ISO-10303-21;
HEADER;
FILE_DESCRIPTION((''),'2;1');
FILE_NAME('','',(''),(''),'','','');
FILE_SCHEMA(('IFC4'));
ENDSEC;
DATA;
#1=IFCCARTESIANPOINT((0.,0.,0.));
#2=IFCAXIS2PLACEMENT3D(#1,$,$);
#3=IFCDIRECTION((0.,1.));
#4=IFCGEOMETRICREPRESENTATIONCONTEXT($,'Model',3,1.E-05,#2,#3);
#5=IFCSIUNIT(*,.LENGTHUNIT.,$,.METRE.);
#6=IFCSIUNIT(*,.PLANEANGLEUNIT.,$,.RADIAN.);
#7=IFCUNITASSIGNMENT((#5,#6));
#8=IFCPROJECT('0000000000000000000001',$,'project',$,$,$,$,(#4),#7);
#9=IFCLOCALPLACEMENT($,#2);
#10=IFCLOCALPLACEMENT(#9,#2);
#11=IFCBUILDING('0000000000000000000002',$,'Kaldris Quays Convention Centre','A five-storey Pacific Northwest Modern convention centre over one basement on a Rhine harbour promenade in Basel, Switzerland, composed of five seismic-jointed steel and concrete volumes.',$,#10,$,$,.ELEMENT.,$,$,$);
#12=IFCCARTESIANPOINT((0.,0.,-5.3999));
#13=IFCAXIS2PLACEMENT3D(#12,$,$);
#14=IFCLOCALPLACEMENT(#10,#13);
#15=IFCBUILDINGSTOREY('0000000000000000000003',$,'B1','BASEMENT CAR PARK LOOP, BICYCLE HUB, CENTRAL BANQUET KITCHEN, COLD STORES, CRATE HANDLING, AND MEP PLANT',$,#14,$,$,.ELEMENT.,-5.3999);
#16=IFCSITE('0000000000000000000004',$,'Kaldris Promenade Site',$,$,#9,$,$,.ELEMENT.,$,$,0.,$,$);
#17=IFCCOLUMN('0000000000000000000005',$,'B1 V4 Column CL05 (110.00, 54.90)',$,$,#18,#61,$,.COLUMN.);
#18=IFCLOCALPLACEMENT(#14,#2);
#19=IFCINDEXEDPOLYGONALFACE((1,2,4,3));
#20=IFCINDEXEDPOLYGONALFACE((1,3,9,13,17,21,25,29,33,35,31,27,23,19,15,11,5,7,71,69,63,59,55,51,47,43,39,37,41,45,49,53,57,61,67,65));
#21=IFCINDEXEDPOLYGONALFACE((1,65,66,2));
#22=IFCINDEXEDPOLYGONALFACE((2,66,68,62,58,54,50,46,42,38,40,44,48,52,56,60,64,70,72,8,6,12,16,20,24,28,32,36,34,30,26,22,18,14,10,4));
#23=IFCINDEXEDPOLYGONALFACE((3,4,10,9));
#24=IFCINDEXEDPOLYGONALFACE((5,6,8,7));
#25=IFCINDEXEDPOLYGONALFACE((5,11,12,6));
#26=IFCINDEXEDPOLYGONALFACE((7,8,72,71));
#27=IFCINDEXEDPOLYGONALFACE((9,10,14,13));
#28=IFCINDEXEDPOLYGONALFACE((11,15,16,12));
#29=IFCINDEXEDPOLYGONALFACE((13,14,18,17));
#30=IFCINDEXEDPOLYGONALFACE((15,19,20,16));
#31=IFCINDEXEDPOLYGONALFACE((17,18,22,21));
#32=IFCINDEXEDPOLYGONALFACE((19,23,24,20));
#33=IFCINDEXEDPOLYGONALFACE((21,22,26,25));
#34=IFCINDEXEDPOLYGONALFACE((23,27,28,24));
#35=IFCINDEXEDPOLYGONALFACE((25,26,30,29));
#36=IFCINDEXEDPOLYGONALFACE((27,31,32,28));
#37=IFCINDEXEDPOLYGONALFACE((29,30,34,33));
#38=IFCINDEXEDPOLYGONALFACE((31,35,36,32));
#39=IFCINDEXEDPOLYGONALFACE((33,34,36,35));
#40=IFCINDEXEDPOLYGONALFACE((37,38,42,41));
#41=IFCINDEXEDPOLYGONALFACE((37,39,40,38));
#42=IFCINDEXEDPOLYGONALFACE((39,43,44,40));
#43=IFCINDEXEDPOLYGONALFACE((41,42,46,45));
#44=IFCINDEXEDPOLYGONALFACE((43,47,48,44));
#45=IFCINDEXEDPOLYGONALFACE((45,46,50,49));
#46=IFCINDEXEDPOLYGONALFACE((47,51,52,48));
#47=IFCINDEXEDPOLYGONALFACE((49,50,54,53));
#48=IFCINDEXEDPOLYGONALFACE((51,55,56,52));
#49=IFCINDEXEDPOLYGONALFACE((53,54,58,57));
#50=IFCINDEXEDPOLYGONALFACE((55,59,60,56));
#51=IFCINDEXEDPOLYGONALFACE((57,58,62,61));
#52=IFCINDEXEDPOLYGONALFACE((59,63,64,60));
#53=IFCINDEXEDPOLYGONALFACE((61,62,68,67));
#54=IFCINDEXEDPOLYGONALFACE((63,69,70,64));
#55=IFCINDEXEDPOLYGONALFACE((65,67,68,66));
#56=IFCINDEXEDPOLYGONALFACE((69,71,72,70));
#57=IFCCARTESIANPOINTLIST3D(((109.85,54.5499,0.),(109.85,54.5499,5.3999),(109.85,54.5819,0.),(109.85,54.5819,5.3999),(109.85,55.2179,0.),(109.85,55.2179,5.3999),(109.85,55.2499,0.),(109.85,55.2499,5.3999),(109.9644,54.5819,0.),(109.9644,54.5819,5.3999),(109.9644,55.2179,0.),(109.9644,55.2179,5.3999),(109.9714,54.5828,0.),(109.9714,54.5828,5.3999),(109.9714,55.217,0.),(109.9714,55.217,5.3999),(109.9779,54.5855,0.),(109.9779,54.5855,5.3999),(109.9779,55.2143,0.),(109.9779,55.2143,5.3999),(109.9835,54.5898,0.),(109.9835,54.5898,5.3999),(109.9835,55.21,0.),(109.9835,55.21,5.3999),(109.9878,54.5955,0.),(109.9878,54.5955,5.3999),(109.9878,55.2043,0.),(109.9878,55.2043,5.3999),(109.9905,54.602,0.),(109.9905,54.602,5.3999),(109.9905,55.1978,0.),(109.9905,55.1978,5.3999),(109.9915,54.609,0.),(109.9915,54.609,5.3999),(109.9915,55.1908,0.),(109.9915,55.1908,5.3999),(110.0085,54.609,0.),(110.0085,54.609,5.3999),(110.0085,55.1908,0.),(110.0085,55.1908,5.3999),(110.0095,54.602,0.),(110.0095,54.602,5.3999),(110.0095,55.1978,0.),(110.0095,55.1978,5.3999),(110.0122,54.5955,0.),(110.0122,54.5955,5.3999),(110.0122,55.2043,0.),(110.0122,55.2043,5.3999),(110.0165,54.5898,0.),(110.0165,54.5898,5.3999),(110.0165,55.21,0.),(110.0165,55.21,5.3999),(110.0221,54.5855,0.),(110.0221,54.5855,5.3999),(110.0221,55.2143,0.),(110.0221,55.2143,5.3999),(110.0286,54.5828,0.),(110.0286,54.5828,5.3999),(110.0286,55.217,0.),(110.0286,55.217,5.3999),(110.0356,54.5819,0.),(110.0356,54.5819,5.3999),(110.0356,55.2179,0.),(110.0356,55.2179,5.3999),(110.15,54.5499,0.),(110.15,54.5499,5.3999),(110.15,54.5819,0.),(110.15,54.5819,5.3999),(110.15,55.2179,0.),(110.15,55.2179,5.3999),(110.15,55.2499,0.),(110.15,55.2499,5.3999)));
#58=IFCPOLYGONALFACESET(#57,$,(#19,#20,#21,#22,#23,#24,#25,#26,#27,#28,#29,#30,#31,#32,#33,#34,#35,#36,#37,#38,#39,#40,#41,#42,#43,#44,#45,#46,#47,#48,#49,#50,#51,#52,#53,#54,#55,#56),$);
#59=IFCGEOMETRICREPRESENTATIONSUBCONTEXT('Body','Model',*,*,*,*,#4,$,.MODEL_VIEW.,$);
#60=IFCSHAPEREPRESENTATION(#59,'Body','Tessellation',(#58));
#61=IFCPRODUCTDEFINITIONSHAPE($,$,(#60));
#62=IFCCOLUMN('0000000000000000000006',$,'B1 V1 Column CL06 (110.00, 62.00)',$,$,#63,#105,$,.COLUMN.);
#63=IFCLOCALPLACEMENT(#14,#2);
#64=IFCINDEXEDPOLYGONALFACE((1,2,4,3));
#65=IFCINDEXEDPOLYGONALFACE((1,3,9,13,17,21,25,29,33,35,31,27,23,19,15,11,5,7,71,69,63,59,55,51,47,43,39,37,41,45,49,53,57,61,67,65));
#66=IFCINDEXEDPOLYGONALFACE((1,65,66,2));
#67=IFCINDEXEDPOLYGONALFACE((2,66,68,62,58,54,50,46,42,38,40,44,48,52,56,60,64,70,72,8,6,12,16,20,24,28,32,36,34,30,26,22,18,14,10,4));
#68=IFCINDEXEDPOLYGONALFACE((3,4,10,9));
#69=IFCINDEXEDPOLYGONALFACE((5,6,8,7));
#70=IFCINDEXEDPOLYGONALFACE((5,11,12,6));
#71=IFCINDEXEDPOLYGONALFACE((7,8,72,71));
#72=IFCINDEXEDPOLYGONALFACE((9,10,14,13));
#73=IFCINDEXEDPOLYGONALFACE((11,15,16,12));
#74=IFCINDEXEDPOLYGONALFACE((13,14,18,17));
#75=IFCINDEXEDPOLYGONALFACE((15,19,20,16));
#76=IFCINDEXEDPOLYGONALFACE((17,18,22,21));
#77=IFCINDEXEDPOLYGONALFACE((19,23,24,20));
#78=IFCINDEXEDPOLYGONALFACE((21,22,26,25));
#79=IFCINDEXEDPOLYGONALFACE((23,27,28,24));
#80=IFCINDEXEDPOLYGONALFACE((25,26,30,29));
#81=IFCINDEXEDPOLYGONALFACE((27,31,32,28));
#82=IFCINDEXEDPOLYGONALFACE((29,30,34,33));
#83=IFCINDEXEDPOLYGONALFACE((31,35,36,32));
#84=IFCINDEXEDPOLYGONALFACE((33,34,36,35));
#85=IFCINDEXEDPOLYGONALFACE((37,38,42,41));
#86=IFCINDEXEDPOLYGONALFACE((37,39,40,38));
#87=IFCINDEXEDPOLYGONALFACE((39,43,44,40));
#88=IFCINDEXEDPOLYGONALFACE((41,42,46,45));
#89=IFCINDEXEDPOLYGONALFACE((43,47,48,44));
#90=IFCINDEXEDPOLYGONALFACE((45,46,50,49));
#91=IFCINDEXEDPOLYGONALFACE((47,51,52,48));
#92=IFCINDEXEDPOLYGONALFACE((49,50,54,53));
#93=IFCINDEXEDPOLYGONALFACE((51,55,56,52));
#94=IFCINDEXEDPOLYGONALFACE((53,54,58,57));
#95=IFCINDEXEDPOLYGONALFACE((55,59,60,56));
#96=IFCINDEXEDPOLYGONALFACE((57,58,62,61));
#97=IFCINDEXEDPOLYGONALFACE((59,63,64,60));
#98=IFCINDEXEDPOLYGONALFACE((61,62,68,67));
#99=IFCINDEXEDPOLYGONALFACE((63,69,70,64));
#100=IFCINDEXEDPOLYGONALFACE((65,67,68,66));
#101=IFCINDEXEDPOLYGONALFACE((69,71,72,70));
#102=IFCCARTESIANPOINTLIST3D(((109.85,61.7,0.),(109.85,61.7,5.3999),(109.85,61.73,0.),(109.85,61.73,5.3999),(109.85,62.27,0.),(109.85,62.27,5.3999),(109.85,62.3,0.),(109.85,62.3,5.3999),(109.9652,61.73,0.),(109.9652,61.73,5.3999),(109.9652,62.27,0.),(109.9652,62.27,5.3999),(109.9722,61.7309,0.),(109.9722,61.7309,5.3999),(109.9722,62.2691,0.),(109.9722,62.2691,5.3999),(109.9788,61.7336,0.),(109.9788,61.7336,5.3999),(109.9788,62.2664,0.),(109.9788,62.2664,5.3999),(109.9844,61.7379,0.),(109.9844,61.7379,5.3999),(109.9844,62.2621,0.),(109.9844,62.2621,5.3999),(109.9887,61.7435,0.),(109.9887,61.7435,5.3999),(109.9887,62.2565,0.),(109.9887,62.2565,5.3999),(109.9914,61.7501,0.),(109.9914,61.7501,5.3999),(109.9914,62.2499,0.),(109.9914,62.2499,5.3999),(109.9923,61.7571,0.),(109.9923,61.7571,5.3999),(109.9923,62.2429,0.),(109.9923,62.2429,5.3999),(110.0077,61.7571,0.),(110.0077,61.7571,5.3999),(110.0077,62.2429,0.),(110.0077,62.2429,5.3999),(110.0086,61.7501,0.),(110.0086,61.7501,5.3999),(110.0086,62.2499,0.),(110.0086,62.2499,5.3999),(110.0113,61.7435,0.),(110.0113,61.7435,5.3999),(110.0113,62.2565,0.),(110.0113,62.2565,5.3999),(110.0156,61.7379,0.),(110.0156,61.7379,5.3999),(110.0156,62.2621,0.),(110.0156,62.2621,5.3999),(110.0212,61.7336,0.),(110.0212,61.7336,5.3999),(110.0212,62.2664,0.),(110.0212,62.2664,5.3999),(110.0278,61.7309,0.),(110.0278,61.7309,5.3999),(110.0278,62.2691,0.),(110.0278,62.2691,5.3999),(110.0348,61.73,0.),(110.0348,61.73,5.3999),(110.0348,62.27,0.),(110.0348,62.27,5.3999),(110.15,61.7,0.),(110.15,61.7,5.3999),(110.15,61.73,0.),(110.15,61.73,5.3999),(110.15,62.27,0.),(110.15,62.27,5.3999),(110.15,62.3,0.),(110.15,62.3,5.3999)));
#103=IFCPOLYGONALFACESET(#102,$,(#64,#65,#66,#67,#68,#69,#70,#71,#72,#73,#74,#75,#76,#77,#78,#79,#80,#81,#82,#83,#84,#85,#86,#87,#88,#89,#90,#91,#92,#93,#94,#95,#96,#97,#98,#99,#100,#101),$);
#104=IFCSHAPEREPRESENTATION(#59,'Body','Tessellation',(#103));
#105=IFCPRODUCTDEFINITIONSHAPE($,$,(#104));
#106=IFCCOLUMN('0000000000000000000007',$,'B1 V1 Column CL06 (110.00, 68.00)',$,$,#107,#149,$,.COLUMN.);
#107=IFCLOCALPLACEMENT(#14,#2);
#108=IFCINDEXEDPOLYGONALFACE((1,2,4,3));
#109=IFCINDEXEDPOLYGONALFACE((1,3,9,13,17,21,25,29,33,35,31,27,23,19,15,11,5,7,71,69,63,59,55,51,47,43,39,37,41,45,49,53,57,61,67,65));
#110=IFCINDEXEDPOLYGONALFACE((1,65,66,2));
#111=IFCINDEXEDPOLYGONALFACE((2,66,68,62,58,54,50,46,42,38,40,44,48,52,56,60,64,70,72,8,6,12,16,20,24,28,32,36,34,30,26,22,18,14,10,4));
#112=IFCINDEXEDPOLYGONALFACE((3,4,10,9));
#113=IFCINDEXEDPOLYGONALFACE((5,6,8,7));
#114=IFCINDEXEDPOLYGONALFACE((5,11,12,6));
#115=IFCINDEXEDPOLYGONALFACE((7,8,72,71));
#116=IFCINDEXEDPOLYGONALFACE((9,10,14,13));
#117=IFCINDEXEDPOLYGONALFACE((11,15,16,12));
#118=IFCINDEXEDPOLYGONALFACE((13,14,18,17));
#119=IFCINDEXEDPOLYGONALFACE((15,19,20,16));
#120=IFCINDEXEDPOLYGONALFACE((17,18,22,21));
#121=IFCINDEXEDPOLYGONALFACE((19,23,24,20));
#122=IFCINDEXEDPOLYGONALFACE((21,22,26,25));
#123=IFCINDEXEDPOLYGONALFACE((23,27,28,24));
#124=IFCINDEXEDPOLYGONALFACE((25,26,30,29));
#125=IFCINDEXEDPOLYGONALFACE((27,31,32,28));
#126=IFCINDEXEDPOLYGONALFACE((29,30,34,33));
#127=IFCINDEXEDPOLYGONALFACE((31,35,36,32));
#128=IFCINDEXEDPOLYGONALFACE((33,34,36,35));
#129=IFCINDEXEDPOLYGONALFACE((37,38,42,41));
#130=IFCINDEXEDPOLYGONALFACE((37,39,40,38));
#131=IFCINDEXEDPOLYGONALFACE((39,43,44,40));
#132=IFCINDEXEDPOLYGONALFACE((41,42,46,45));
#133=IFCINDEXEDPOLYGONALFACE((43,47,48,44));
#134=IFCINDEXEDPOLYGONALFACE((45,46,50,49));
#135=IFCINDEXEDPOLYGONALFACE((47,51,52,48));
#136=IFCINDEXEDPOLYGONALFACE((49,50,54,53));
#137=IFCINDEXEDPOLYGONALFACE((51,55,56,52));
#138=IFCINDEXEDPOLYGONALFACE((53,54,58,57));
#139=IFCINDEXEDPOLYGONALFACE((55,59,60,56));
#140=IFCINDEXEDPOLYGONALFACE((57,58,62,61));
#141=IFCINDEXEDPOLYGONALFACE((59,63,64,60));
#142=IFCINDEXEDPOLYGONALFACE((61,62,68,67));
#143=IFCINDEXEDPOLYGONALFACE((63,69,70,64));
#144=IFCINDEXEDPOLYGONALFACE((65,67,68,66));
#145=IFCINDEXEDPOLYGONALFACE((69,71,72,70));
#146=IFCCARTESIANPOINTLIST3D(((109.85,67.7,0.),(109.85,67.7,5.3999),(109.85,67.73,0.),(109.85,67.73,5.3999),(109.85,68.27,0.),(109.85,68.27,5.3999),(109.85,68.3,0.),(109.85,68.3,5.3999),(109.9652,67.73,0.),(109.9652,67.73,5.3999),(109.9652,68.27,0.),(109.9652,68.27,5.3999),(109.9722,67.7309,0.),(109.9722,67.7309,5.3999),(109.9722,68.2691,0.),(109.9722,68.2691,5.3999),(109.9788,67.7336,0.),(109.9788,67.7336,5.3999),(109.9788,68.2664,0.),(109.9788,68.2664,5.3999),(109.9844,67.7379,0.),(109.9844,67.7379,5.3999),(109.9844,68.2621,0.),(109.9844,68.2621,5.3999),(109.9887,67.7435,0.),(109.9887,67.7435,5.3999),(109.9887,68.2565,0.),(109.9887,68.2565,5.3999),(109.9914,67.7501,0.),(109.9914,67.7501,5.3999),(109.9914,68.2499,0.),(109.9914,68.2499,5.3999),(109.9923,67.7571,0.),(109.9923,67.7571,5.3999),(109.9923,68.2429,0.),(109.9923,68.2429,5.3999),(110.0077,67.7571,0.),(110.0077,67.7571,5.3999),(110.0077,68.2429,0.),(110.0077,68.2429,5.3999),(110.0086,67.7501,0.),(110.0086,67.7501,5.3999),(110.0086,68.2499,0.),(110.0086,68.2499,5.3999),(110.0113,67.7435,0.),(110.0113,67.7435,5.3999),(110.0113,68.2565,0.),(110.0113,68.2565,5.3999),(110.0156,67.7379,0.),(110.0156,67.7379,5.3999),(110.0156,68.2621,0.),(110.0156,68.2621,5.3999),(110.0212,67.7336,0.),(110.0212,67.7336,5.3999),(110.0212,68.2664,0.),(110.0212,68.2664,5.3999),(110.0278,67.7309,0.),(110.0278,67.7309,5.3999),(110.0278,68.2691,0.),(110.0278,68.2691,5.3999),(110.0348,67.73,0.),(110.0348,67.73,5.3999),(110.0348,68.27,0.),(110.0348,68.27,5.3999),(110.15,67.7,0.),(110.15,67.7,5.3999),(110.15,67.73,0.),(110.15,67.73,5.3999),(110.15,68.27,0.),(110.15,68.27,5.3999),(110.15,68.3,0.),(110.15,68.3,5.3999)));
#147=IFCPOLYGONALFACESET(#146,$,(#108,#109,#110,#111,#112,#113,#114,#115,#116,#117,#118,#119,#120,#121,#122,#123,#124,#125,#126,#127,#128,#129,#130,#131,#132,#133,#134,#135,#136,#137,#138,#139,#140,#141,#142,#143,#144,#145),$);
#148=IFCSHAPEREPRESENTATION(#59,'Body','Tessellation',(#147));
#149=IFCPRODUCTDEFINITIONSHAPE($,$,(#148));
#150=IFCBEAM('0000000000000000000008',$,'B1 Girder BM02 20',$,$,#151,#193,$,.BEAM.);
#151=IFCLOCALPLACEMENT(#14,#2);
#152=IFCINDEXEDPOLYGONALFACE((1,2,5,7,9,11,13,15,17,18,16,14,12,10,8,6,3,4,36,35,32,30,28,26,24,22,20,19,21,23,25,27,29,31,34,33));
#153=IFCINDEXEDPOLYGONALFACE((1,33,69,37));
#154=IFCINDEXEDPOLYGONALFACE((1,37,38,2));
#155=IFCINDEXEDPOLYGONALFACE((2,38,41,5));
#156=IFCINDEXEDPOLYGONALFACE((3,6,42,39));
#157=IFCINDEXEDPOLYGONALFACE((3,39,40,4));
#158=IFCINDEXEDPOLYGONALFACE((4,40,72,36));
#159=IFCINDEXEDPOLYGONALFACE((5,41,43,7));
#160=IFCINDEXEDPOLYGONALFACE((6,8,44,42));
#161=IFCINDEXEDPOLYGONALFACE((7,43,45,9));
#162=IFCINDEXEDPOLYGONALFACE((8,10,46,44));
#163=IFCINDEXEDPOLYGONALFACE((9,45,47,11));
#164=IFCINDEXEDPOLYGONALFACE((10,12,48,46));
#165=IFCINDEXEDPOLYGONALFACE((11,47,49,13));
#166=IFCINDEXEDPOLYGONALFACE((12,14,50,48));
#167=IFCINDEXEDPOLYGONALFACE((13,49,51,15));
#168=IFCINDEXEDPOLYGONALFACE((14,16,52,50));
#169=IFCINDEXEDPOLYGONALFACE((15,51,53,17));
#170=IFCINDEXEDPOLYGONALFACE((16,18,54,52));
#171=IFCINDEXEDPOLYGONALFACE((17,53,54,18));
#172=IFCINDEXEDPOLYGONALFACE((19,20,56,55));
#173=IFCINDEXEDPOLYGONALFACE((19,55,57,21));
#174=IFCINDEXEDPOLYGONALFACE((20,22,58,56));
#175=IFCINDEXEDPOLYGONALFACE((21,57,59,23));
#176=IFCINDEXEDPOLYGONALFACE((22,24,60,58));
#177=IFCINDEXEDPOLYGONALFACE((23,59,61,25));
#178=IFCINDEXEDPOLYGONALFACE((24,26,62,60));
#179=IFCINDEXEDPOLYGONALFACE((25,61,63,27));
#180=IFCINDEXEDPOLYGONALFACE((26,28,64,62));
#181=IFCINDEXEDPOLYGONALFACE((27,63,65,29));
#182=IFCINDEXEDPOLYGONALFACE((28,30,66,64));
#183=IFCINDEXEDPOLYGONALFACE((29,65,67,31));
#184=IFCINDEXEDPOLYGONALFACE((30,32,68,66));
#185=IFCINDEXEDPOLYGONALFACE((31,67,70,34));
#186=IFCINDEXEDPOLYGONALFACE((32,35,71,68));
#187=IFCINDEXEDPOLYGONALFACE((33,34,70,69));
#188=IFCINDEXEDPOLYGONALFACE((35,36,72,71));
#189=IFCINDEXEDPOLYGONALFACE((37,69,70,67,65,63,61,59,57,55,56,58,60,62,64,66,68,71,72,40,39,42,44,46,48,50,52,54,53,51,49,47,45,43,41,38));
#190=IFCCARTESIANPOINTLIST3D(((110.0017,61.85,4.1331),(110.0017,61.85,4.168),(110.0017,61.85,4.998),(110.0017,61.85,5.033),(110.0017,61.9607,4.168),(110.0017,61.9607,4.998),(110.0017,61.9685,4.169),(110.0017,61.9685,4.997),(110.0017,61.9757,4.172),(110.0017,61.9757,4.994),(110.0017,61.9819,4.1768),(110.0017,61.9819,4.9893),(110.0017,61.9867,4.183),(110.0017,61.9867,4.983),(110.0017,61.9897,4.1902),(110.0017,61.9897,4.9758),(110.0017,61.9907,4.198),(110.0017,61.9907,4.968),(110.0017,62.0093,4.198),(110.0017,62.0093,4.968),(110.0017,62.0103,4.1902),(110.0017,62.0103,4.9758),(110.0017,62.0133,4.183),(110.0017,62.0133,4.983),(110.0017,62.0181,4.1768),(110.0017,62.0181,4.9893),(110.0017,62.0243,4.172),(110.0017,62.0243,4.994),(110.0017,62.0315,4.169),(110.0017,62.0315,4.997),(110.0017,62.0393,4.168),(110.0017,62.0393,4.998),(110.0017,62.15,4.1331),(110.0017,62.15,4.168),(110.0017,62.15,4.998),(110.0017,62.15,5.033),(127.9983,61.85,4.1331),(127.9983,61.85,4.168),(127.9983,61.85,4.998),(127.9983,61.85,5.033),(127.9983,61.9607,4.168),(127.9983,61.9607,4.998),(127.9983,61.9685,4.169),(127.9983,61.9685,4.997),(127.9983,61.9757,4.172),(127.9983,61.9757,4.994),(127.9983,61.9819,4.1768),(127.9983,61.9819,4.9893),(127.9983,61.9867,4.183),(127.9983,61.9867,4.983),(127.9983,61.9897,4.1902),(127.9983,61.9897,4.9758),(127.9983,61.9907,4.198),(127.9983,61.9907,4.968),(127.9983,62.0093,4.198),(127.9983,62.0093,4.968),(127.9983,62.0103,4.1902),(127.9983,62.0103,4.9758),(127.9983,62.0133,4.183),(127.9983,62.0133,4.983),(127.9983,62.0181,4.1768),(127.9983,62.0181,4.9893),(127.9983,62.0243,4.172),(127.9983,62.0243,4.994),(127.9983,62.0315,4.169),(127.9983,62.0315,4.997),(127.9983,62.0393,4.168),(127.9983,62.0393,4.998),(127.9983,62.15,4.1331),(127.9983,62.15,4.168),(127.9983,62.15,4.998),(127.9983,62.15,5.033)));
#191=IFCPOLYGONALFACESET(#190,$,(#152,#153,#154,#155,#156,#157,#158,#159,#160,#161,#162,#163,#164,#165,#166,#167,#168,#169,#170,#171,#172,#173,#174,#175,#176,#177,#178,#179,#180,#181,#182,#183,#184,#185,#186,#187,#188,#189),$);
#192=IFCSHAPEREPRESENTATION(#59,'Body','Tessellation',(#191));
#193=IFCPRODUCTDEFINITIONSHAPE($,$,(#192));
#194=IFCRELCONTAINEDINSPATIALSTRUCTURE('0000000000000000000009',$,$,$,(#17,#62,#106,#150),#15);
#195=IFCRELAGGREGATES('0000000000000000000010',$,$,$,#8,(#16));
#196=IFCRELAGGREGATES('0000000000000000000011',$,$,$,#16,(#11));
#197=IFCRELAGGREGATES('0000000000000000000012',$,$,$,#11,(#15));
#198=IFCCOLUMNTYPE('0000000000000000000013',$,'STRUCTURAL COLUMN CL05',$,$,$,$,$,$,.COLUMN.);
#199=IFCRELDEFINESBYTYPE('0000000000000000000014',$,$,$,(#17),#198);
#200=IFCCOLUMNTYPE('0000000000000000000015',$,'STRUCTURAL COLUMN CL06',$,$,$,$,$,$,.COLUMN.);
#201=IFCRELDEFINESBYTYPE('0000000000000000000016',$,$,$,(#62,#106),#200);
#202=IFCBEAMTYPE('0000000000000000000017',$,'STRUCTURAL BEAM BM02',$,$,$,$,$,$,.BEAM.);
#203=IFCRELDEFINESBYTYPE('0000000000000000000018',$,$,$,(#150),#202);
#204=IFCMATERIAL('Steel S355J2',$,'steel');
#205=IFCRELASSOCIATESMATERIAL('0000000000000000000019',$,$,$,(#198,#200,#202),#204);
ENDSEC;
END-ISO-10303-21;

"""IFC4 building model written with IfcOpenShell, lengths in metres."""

from ifc_helpers import new_model, si_unit, direction, frame, origin, origin_2d, place, context, subcontext, project, spatial, i_section, extrude, material, material_profile, profile_set, type_object, element, save


model = new_model("IFC4")

# Units and contexts
model_context = context("Model", 3, precision=1e-05, world=origin(), true_north=direction((0.0, 1.0)))
body_context = subcontext(model_context, "Body", "Model", "MODEL_VIEW")
ifc_project = project(units=[si_unit("LENGTHUNIT", "METRE"), si_unit("PLANEANGLEUNIT", "RADIAN")], contexts=[model_context])

# Site, building, storey
site_placement = place(None, origin())
site = spatial("IfcSite", under=ifc_project, at=site_placement, Name="Kaldris Promenade Site", CompositionType="ELEMENT", RefElevation=0.0)
building_placement = place(site_placement, origin())
building = spatial("IfcBuilding", under=site, at=building_placement, Name="Kaldris Quays Convention Centre", Description="A five-storey Pacific Northwest Modern convention centre over one basement on a Rhine harbour promenade in Basel, Switzerland, composed of five seismic-jointed steel and concrete volumes.", CompositionType="ELEMENT")
storey_placement = place(building_placement, frame((0.0, 0.0, -5.3999)))
storey = spatial("IfcBuildingStorey", under=building, at=storey_placement, Name="B1", Description="BASEMENT CAR PARK LOOP, BICYCLE HUB, CENTRAL BANQUET KITCHEN, COLD STORES, CRATE HANDLING, AND MEP PLANT", CompositionType="ELEMENT", Elevation=-5.3999)

# Columns
ifc_material_1 = material(Name="Steel S355J2", Category="steel")
ifc_material_profile_1 = material_profile(ifc_material_1, i_section(OverallWidth=0.3, OverallDepth=0.7, WebThickness=0.0171, FlangeThickness=0.032, FilletRadius=0.0271, at=origin_2d()), Name="HEB 700")
ifc_profile_set_1 = profile_set([ifc_material_profile_1], Name="Steel S355J2")
column_type_1 = type_object("IfcColumnType", Name="STRUCTURAL COLUMN CL05", PredefinedType="COLUMN", material=ifc_profile_set_1)
column_1_placement = place(storey_placement, frame((110.0, 54.8999, 0.0), z_axis=(0.0, 0.0, 1.0), x_axis=(1.0, 0.0, 0.0)))
element("IfcColumn", 1, at=column_1_placement, inside=storey, type_object=column_type_1, Name="B1 V4 Column CL05 (110.00, 54.90)", PredefinedType="COLUMN", context=body_context, shape_type="SweptSolid", body=[
    extrude(i_section(OverallWidth=0.3, OverallDepth=0.7, WebThickness=0.0171, FlangeThickness=0.032, FilletRadius=0.0271, at=origin_2d()), origin(), (0.0, 0.0, 1.0), 5.3999),
])
ifc_material_profile_2 = material_profile(ifc_material_1, i_section(OverallWidth=0.3, OverallDepth=0.6001, WebThickness=0.0154, FlangeThickness=0.03, FilletRadius=0.0271, at=origin_2d()), Name="HEB 600")
ifc_profile_set_2 = profile_set([ifc_material_profile_2], Name="Steel S355J2")
column_type_2 = type_object("IfcColumnType", Name="STRUCTURAL COLUMN CL06", PredefinedType="COLUMN", material=ifc_profile_set_2)
for number, where, z_axis, x_axis, name in (
    (2, (110.0, 62.0, 0.0), (0.0, 0.0, 1.0), (1.0, 0.0, 0.0), "B1 V1 Column CL06 (110.00, 62.00)"),
    (3, (110.0, 68.0, 0.0), (0.0, 0.0, 1.0), (1.0, 0.0, 0.0), "B1 V1 Column CL06 (110.00, 68.00)"),
):
    element("IfcColumn", number, at=place(storey_placement, frame(where, z_axis=z_axis, x_axis=x_axis)), inside=storey, type_object=column_type_2, Name=name, PredefinedType="COLUMN", context=body_context, shape_type="SweptSolid", body=[
        extrude(i_section(OverallWidth=0.3, OverallDepth=0.6001, WebThickness=0.0154, FlangeThickness=0.03, FilletRadius=0.0271, at=origin_2d()), origin(), (0.0, 0.0, 1.0), 5.3999),
    ])

# Beam
ifc_material_profile_3 = material_profile(ifc_material_1, i_section(OverallWidth=0.3, OverallDepth=0.8999, WebThickness=0.0186, FlangeThickness=0.0349, FilletRadius=0.03, at=origin_2d()), Name="HEB 900")
ifc_profile_set_3 = profile_set([ifc_material_profile_3], Name="Steel S355J2")
beam_type_1 = type_object("IfcBeamType", Name="STRUCTURAL BEAM BM02", PredefinedType="BEAM", material=ifc_profile_set_3)
for number, where, z_axis, x_axis, name in (
    (4, (110.0017, 62.0, 4.583), (1.0, 0.0, 0.0), (0.0, 1.0, 0.0), "B1 Girder BM02 20"),
):
    element("IfcBeam", number, at=place(storey_placement, frame(where, z_axis=z_axis, x_axis=x_axis)), inside=storey, type_object=beam_type_1, Name=name, PredefinedType="BEAM", context=body_context, shape_type="SweptSolid", body=[
        extrude(i_section(OverallWidth=0.3, OverallDepth=0.8999, WebThickness=0.0186, FlangeThickness=0.0349, FilletRadius=0.03, at=origin_2d()), origin(), (0.0, 0.0, 1.0), 17.9966),
    ])

save(model, "model.ifc")
